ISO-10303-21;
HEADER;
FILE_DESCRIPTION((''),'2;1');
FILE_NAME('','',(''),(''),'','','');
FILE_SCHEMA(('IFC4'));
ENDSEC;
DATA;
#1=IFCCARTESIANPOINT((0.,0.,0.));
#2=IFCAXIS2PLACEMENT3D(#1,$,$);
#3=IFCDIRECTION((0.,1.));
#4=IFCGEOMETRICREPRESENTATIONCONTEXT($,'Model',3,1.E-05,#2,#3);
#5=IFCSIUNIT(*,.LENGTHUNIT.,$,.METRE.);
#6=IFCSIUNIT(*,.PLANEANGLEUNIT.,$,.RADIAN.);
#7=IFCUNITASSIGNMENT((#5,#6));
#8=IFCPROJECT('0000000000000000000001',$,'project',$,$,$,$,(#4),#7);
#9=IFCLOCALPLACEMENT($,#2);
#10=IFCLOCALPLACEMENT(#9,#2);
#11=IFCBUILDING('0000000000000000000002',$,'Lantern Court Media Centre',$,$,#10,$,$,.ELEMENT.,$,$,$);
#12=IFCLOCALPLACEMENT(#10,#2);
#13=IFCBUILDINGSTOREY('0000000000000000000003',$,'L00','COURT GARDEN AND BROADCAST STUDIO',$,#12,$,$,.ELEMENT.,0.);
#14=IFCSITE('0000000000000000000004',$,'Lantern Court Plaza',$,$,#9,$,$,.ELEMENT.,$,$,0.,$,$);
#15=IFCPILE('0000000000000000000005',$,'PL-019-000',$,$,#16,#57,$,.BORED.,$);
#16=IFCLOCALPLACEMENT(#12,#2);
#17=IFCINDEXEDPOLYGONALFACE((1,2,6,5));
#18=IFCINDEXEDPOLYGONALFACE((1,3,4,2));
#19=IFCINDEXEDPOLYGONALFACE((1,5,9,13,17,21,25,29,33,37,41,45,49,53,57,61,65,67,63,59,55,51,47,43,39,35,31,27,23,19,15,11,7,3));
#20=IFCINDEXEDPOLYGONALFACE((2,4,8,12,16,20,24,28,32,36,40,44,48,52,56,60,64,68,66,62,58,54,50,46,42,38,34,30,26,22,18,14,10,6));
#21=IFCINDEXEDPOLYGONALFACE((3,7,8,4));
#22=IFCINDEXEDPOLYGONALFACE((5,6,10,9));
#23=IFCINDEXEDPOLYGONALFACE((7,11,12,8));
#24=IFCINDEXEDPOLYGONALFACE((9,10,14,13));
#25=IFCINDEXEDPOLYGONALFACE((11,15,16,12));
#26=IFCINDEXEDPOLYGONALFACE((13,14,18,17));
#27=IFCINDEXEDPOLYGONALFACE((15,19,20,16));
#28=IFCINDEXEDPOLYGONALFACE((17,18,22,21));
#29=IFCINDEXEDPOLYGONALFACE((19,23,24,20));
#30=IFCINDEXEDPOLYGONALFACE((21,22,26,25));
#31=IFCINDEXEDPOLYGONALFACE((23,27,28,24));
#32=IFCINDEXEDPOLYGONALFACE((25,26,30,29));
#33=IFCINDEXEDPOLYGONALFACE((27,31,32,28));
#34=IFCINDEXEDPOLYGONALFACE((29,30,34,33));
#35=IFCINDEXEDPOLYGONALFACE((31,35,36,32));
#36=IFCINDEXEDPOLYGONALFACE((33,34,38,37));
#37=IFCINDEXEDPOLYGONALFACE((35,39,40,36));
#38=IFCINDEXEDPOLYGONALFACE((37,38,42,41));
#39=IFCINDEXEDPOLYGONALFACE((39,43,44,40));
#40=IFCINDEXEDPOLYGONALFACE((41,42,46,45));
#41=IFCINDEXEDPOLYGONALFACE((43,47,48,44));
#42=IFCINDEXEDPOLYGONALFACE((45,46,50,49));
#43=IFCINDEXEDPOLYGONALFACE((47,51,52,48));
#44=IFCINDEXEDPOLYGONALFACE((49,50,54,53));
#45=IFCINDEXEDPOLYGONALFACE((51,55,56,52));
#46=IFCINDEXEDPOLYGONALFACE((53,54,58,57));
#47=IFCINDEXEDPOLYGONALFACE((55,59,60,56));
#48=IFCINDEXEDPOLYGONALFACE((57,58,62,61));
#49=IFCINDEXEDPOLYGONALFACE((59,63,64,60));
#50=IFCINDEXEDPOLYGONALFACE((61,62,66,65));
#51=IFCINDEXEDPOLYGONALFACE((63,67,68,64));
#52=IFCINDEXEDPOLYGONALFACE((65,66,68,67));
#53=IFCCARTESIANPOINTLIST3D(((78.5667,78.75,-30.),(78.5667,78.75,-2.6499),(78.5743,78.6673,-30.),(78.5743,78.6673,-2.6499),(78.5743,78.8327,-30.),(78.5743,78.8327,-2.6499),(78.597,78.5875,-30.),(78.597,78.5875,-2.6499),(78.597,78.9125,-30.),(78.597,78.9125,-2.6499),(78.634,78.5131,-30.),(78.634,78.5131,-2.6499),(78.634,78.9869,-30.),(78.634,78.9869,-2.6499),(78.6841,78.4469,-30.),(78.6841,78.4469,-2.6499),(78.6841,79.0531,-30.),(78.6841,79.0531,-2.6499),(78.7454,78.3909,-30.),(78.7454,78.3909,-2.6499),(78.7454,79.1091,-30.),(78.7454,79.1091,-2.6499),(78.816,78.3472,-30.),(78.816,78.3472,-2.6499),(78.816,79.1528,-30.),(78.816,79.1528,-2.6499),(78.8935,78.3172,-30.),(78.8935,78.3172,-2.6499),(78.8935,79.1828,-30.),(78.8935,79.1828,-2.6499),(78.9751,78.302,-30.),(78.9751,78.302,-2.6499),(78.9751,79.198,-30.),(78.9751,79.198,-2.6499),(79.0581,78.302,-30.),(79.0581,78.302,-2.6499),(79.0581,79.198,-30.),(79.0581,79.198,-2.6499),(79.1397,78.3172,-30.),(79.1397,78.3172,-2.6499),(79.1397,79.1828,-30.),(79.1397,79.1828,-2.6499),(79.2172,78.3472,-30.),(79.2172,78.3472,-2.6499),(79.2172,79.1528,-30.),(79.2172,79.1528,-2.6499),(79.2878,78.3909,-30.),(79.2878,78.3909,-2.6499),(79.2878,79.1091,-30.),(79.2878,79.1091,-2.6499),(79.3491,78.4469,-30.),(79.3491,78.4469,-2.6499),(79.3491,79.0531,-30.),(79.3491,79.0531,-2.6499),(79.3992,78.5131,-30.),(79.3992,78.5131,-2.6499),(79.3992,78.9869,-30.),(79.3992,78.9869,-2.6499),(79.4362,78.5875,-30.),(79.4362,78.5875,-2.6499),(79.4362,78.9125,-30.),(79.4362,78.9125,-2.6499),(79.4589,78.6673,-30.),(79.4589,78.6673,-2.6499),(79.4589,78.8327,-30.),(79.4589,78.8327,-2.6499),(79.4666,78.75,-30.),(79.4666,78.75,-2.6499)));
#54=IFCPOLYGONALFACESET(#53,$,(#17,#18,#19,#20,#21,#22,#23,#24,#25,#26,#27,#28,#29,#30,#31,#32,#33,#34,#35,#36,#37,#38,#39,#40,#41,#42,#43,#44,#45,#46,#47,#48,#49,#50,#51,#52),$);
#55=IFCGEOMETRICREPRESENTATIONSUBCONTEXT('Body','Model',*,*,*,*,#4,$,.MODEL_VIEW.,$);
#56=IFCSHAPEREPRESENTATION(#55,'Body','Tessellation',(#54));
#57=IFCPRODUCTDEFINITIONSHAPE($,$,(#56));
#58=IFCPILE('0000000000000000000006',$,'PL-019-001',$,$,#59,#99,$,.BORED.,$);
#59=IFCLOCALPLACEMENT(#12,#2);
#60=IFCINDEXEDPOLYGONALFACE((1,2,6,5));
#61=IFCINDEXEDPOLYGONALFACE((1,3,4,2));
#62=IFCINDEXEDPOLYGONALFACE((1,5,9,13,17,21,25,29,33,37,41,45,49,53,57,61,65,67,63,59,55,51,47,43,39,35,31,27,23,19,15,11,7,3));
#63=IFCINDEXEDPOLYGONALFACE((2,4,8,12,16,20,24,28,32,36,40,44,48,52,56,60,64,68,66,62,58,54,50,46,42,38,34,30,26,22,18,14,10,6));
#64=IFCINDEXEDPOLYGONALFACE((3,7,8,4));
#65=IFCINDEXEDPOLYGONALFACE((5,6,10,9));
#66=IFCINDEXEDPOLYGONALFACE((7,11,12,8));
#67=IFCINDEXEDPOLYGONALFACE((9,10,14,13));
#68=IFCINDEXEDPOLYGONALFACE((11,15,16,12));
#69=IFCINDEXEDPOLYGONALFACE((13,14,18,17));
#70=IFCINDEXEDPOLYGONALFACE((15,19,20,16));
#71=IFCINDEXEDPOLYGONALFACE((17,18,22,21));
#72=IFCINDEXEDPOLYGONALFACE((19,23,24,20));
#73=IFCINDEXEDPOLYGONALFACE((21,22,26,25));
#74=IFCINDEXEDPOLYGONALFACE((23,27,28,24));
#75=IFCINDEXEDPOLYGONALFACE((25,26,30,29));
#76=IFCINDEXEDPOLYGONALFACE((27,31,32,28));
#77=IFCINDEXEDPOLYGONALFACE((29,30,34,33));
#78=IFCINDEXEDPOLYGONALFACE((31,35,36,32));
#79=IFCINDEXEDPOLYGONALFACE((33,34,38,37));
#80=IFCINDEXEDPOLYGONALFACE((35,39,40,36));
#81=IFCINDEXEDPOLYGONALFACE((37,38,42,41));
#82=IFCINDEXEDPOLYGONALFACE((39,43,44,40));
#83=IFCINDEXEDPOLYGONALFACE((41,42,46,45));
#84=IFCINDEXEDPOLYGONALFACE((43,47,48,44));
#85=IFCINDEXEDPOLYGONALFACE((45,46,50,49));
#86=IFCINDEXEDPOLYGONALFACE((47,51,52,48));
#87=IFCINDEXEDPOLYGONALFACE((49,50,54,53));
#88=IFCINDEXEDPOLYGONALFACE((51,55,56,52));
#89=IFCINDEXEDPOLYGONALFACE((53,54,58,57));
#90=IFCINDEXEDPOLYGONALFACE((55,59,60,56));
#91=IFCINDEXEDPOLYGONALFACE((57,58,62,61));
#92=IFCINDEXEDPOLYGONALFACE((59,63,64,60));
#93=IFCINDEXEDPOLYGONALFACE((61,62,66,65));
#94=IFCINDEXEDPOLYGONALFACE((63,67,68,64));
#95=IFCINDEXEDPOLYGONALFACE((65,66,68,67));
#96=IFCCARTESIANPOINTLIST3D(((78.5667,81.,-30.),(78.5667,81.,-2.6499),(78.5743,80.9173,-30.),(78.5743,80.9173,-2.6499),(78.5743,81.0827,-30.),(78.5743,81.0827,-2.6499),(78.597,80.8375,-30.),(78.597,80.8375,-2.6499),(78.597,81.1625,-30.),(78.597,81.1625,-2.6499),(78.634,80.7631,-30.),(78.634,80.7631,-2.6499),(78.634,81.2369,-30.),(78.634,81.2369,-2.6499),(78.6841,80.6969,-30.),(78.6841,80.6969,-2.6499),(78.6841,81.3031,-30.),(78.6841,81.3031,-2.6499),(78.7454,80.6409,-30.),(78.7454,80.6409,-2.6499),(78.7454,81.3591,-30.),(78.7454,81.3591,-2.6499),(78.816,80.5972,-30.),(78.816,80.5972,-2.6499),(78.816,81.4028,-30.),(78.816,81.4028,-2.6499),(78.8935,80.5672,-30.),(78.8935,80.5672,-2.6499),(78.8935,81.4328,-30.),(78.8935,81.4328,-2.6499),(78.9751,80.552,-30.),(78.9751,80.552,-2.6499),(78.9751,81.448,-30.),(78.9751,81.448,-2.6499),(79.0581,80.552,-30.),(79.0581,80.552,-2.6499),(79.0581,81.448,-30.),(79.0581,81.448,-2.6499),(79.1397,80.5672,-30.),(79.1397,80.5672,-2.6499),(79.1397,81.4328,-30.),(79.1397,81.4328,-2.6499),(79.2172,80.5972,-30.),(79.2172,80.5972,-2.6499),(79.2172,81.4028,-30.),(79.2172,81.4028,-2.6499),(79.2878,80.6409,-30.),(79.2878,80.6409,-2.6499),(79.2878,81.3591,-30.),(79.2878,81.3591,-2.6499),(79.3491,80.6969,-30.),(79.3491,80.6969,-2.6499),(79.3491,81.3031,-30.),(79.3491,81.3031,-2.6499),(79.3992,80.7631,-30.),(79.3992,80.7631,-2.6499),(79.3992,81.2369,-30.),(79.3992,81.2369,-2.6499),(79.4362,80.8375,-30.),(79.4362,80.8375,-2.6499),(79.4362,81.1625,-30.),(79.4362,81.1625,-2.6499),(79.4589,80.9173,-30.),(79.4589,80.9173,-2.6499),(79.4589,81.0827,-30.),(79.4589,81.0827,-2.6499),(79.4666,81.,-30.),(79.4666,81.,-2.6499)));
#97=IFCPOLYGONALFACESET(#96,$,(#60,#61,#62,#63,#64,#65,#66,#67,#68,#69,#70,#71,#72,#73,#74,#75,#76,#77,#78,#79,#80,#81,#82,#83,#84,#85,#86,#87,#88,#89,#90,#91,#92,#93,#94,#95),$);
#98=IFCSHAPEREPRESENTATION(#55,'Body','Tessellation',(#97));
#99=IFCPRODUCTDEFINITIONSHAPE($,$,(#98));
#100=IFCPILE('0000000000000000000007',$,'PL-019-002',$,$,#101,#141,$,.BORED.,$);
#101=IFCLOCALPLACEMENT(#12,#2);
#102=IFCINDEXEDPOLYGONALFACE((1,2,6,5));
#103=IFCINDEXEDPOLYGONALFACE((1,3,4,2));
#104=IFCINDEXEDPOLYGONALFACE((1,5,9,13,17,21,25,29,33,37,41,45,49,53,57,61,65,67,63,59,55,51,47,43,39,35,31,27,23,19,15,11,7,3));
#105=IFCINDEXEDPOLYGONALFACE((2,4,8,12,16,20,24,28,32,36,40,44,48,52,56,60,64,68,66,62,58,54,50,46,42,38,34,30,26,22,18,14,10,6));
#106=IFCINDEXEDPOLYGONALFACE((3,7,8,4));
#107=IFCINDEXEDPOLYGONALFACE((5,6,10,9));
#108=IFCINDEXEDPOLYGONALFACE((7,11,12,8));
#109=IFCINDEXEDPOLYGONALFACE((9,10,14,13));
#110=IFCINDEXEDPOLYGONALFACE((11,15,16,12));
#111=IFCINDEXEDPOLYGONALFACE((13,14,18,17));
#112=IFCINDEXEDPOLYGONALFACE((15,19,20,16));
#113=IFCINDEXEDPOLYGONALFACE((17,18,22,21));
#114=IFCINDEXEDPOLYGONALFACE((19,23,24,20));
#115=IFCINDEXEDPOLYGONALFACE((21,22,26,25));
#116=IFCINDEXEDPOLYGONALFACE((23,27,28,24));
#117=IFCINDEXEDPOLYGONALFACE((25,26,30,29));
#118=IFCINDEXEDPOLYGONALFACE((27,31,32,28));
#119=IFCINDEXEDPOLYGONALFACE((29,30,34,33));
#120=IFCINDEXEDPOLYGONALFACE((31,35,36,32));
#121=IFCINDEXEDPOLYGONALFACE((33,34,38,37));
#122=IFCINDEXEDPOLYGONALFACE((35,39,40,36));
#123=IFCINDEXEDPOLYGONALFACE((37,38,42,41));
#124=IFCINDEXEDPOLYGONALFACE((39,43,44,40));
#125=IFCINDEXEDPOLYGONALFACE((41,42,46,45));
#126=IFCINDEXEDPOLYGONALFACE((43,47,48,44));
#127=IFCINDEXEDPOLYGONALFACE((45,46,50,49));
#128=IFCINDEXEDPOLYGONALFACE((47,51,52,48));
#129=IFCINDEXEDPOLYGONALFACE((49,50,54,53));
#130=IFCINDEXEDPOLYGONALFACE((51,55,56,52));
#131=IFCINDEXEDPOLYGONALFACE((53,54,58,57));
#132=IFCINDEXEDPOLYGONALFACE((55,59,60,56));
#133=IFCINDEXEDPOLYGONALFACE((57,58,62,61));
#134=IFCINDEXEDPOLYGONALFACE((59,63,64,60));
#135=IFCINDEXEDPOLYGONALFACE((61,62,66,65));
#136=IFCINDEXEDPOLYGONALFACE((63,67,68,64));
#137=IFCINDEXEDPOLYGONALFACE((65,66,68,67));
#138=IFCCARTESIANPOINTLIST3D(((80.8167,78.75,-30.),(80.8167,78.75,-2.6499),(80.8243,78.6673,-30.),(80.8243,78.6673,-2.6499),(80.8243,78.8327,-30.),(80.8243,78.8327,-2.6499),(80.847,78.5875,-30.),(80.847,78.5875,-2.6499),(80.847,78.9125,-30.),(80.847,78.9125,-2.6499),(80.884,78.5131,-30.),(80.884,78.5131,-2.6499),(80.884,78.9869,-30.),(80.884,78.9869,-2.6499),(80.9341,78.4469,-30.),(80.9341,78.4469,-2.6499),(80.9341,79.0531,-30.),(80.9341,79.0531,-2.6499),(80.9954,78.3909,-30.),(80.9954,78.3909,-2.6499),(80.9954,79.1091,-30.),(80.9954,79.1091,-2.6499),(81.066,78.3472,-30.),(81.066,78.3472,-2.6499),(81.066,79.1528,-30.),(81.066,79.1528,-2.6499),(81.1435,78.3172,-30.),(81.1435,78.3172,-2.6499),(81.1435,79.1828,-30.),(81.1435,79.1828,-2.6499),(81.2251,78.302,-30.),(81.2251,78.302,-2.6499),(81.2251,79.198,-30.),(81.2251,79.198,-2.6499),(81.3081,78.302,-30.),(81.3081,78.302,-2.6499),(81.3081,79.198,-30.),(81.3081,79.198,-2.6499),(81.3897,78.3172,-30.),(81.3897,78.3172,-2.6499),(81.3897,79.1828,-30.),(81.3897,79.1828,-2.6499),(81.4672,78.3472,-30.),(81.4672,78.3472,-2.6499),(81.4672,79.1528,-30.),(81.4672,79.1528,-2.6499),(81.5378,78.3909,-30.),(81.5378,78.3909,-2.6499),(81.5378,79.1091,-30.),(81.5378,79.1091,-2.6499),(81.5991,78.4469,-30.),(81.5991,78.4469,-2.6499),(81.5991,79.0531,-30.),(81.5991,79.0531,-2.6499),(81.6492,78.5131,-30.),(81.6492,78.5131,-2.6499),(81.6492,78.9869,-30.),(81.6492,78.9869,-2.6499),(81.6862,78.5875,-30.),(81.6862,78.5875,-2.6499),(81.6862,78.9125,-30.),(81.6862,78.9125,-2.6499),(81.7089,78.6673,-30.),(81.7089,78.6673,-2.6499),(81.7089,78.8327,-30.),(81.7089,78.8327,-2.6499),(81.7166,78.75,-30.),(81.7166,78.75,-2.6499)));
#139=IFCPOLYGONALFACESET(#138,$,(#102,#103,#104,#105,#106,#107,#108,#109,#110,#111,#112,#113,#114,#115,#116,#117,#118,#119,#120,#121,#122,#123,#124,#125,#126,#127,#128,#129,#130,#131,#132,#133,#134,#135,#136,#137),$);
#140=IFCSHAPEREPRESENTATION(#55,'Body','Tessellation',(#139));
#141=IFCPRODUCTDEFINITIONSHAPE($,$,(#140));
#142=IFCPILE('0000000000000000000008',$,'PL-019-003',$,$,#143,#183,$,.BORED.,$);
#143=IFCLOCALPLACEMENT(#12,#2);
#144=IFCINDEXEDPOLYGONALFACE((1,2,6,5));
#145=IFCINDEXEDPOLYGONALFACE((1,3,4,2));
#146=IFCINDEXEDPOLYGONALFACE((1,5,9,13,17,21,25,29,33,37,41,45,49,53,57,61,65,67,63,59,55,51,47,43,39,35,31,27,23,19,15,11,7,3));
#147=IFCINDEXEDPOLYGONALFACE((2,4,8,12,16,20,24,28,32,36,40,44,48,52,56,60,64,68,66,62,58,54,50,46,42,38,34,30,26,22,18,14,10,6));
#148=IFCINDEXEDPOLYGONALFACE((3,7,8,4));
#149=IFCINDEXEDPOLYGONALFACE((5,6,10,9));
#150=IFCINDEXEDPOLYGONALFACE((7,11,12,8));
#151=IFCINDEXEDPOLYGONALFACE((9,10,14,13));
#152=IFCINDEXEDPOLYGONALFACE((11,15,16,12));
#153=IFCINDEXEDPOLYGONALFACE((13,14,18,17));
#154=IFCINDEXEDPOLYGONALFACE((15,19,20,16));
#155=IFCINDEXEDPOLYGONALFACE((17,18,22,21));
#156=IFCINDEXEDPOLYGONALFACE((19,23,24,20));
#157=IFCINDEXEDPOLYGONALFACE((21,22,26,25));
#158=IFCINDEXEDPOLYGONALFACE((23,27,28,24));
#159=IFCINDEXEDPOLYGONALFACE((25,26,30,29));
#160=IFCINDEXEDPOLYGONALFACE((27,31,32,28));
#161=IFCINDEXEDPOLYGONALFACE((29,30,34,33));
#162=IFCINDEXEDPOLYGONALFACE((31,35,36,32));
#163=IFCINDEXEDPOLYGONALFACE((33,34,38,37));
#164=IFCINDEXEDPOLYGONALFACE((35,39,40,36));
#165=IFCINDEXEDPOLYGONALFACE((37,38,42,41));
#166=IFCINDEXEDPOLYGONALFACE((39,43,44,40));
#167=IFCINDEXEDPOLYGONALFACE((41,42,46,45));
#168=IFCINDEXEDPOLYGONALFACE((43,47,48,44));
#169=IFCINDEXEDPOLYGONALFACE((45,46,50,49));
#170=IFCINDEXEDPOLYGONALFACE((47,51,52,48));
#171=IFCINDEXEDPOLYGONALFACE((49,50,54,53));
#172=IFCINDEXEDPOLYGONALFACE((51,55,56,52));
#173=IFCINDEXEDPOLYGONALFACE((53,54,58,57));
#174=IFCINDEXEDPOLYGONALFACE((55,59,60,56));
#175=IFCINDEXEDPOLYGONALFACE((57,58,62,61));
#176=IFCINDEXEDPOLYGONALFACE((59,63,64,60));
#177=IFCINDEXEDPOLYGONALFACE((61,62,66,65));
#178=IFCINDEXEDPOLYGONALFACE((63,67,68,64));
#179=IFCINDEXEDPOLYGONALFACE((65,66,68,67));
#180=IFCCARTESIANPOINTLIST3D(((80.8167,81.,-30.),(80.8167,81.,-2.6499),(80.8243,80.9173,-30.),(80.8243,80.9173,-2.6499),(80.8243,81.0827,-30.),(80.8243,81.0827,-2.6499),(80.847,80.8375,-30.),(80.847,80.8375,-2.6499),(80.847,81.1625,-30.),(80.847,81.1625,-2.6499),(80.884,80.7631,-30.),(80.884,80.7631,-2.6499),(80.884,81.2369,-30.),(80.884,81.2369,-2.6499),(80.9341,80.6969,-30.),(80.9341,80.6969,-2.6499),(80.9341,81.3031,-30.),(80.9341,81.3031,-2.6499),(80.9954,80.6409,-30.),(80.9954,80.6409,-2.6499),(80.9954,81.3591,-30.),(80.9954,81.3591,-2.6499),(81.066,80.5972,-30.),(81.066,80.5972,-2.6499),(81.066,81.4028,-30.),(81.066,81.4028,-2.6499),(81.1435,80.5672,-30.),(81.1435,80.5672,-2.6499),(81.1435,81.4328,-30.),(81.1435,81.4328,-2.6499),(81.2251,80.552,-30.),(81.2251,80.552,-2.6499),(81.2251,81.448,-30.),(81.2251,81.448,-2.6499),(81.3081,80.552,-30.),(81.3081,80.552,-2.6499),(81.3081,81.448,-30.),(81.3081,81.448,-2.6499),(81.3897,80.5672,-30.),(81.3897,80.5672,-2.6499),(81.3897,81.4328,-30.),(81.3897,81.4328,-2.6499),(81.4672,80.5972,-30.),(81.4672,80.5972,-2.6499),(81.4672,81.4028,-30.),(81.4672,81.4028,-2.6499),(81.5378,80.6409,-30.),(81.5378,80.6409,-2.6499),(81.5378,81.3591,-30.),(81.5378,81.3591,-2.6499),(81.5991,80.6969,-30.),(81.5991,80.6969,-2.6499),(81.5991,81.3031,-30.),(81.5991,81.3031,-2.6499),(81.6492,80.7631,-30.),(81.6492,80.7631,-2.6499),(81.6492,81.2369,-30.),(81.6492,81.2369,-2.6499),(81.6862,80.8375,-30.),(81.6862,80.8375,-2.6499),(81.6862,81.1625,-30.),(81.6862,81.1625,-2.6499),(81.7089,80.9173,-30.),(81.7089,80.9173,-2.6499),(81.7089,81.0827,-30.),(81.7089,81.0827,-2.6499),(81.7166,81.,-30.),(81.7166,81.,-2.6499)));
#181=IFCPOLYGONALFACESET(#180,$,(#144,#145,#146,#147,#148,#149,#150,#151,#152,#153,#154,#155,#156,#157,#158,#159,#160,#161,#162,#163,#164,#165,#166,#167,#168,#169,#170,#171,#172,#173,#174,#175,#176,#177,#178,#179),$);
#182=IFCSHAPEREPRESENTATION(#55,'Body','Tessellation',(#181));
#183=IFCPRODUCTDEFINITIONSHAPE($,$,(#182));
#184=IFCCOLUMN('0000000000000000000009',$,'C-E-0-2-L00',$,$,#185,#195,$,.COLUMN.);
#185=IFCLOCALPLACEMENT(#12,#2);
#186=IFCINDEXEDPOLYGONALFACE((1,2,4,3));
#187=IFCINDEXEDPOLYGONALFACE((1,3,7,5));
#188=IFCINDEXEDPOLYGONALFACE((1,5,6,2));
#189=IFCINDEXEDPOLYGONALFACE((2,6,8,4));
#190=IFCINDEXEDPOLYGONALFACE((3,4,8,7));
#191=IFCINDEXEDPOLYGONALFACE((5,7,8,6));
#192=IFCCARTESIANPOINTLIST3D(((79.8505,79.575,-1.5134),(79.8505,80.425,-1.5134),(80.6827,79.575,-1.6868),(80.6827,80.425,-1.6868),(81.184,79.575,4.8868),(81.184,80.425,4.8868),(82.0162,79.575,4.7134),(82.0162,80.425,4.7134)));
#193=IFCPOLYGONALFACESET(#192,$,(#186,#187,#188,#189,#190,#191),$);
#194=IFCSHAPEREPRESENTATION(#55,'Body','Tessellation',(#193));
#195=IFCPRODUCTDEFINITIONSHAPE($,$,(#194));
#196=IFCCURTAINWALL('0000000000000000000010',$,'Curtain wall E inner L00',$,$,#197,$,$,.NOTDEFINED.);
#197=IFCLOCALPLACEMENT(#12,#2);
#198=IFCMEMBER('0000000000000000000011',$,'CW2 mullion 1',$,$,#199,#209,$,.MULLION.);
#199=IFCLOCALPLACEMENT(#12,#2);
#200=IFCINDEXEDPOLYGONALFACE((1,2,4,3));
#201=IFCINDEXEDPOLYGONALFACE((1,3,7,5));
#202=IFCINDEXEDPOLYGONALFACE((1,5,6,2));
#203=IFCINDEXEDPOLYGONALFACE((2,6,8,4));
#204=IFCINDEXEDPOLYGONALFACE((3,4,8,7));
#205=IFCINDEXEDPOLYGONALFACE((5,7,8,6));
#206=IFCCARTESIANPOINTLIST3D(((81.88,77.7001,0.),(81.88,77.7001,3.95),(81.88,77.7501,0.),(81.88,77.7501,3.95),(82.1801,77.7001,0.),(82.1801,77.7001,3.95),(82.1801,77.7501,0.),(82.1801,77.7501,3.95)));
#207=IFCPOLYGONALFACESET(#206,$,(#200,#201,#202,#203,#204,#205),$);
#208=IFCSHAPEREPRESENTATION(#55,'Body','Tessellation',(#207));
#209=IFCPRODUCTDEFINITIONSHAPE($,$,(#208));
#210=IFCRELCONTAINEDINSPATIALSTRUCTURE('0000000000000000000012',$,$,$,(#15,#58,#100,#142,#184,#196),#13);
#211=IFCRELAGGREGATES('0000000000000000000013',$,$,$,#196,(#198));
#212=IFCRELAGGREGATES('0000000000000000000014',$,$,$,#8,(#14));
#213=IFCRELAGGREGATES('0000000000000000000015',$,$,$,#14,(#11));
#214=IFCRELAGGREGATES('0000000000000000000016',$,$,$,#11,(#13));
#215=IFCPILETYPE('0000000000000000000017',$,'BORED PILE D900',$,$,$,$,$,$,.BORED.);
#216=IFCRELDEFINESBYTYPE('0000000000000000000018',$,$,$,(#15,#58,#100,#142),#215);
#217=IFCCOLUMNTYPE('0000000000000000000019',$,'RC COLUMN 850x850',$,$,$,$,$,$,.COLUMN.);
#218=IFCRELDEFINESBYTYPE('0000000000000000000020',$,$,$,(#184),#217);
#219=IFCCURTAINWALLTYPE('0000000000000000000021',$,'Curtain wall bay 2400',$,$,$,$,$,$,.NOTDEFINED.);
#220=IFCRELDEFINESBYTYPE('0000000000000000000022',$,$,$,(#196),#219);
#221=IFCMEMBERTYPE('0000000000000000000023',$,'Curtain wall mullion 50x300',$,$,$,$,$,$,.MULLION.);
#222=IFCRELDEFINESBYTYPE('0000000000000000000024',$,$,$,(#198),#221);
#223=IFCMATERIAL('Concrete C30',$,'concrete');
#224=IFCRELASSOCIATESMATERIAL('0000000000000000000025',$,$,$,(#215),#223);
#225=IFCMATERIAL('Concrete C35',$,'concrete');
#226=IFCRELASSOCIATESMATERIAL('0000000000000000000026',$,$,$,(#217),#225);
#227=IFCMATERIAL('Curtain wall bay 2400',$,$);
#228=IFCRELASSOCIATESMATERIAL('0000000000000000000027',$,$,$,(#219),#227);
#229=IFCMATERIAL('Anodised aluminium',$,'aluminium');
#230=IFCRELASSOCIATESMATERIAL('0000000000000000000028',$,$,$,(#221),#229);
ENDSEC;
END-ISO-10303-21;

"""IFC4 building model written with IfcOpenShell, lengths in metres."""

from ifc_helpers import new_model, si_unit, direction, frame, origin, origin_2d, place, context, subcontext, project, spatial, rectangle, circle, extrude, material, material_profile, profile_set, type_object, element, aggregate, save


model = new_model("IFC4")

# Units and contexts
model_context = context("Model", 3, precision=1e-05, world=origin(), true_north=direction((0.0, 1.0)))
body_context = subcontext(model_context, "Body", "Model", "MODEL_VIEW")
ifc_project = project(units=[si_unit("LENGTHUNIT", "METRE"), si_unit("PLANEANGLEUNIT", "RADIAN")], contexts=[model_context])

# Site, building, storey
site_placement = place(None, origin())
site = spatial("IfcSite", under=ifc_project, at=site_placement, Name="Lantern Court Plaza", CompositionType="ELEMENT", RefElevation=0.0)
building_placement = place(site_placement, origin())
building = spatial("IfcBuilding", under=site, at=building_placement, Name="Lantern Court Media Centre", CompositionType="ELEMENT")
storey_placement = place(building_placement, origin())
storey = spatial("IfcBuildingStorey", under=building, at=storey_placement, Name="L00", Description="COURT GARDEN AND BROADCAST STUDIO", CompositionType="ELEMENT", Elevation=0.0)

# Piles
ifc_material_1 = material(Name="Concrete C30", Category="concrete")
ifc_material_profile_1 = material_profile(ifc_material_1, circle(Radius=0.45, at=origin_2d()), Name="D900")
ifc_profile_set_1 = profile_set([ifc_material_profile_1], Name="Concrete C30")
pile_type = type_object("IfcPileType", Name="BORED PILE D900", PredefinedType="BORED", material=ifc_profile_set_1)
for number, where, z_axis, x_axis, name in (
    (1, (79.0166, 78.75, -2.6499), (0.0, 0.0, -1.0), (1.0, 0.0, 0.0), "PL-019-000"),
    (2, (79.0166, 81.0, -2.6499), (0.0, 0.0, -1.0), (1.0, 0.0, 0.0), "PL-019-001"),
    (3, (81.2666, 78.75, -2.6499), (0.0, 0.0, -1.0), (1.0, 0.0, 0.0), "PL-019-002"),
    (4, (81.2666, 81.0, -2.6499), (0.0, 0.0, -1.0), (1.0, 0.0, 0.0), "PL-019-003"),
):
    element("IfcPile", number, at=place(storey_placement, frame(where, z_axis=z_axis, x_axis=x_axis)), inside=storey, type_object=pile_type, Name=name, PredefinedType="BORED", context=body_context, shape_type="SweptSolid", body=[
        extrude(circle(Radius=0.45, at=origin_2d()), origin(), (0.0, 0.0, 1.0), 27.3501),
    ])

# Column
ifc_material_2 = material(Name="Concrete C35", Category="concrete")
ifc_material_profile_2 = material_profile(ifc_material_2, rectangle(XDim=0.8501, YDim=0.8501, at=origin_2d()), Name="RC 850x850")
ifc_profile_set_2 = profile_set([ifc_material_profile_2], Name="Concrete C35")
column_type = type_object("IfcColumnType", Name="RC COLUMN 850x850", PredefinedType="COLUMN", material=ifc_profile_set_2)
column_placement = place(storey_placement, frame((80.2666, 80.0, -1.6001), z_axis=(0.203974, 0.0, 0.978976), x_axis=(0.0, 1.0, 0.0)))
element("IfcColumn", 5, at=column_placement, inside=storey, type_object=column_type, Name="C-E-0-2-L00", PredefinedType="COLUMN", context=body_context, shape_type="SweptSolid", body=[
    extrude(rectangle(XDim=0.8501, YDim=0.8501, at=origin_2d()), origin(), (0.0, 0.0, 1.0), 6.5376),
])

# Curtain wall, member
ifc_material_3 = material(Name="Curtain wall bay 2400")
curtain_wall_type_1 = type_object("IfcCurtainWallType", Name="Curtain wall bay 2400", PredefinedType="NOTDEFINED", material=ifc_material_3)
curtain_wall_1_placement = place(storey_placement, origin())
curtain_wall_1 = element("IfcCurtainWall", 6, at=curtain_wall_1_placement, inside=storey, type_object=curtain_wall_type_1, Name="Curtain wall E inner L00", PredefinedType="NOTDEFINED")
ifc_material_4 = material(Name="Anodised aluminium", Category="aluminium")
ifc_material_profile_3 = material_profile(ifc_material_4, rectangle(XDim=0.3, YDim=0.05, at=origin_2d()), Name="AL 50x300")
ifc_profile_set_3 = profile_set([ifc_material_profile_3], Name="Anodised aluminium")
member_type_1 = type_object("IfcMemberType", Name="Curtain wall mullion 50x300", PredefinedType="MULLION", material=ifc_profile_set_3)
member_1_placement = place(storey_placement, frame((82.03, 77.7251, 0.0), z_axis=(0.0, 0.0, 1.0), x_axis=(-1.0, 0.0, 0.0)))
member_1 = element("IfcMember", 7, at=member_1_placement, type_object=member_type_1, Name="CW2 mullion 1", PredefinedType="MULLION", context=body_context, shape_type="SweptSolid", body=[
    extrude(rectangle(XDim=0.3, YDim=0.05, at=origin_2d()), origin(), (0.0, 0.0, 1.0), 3.95),
])

aggregate(curtain_wall_1, [member_1])

save(model, "model.ifc")
